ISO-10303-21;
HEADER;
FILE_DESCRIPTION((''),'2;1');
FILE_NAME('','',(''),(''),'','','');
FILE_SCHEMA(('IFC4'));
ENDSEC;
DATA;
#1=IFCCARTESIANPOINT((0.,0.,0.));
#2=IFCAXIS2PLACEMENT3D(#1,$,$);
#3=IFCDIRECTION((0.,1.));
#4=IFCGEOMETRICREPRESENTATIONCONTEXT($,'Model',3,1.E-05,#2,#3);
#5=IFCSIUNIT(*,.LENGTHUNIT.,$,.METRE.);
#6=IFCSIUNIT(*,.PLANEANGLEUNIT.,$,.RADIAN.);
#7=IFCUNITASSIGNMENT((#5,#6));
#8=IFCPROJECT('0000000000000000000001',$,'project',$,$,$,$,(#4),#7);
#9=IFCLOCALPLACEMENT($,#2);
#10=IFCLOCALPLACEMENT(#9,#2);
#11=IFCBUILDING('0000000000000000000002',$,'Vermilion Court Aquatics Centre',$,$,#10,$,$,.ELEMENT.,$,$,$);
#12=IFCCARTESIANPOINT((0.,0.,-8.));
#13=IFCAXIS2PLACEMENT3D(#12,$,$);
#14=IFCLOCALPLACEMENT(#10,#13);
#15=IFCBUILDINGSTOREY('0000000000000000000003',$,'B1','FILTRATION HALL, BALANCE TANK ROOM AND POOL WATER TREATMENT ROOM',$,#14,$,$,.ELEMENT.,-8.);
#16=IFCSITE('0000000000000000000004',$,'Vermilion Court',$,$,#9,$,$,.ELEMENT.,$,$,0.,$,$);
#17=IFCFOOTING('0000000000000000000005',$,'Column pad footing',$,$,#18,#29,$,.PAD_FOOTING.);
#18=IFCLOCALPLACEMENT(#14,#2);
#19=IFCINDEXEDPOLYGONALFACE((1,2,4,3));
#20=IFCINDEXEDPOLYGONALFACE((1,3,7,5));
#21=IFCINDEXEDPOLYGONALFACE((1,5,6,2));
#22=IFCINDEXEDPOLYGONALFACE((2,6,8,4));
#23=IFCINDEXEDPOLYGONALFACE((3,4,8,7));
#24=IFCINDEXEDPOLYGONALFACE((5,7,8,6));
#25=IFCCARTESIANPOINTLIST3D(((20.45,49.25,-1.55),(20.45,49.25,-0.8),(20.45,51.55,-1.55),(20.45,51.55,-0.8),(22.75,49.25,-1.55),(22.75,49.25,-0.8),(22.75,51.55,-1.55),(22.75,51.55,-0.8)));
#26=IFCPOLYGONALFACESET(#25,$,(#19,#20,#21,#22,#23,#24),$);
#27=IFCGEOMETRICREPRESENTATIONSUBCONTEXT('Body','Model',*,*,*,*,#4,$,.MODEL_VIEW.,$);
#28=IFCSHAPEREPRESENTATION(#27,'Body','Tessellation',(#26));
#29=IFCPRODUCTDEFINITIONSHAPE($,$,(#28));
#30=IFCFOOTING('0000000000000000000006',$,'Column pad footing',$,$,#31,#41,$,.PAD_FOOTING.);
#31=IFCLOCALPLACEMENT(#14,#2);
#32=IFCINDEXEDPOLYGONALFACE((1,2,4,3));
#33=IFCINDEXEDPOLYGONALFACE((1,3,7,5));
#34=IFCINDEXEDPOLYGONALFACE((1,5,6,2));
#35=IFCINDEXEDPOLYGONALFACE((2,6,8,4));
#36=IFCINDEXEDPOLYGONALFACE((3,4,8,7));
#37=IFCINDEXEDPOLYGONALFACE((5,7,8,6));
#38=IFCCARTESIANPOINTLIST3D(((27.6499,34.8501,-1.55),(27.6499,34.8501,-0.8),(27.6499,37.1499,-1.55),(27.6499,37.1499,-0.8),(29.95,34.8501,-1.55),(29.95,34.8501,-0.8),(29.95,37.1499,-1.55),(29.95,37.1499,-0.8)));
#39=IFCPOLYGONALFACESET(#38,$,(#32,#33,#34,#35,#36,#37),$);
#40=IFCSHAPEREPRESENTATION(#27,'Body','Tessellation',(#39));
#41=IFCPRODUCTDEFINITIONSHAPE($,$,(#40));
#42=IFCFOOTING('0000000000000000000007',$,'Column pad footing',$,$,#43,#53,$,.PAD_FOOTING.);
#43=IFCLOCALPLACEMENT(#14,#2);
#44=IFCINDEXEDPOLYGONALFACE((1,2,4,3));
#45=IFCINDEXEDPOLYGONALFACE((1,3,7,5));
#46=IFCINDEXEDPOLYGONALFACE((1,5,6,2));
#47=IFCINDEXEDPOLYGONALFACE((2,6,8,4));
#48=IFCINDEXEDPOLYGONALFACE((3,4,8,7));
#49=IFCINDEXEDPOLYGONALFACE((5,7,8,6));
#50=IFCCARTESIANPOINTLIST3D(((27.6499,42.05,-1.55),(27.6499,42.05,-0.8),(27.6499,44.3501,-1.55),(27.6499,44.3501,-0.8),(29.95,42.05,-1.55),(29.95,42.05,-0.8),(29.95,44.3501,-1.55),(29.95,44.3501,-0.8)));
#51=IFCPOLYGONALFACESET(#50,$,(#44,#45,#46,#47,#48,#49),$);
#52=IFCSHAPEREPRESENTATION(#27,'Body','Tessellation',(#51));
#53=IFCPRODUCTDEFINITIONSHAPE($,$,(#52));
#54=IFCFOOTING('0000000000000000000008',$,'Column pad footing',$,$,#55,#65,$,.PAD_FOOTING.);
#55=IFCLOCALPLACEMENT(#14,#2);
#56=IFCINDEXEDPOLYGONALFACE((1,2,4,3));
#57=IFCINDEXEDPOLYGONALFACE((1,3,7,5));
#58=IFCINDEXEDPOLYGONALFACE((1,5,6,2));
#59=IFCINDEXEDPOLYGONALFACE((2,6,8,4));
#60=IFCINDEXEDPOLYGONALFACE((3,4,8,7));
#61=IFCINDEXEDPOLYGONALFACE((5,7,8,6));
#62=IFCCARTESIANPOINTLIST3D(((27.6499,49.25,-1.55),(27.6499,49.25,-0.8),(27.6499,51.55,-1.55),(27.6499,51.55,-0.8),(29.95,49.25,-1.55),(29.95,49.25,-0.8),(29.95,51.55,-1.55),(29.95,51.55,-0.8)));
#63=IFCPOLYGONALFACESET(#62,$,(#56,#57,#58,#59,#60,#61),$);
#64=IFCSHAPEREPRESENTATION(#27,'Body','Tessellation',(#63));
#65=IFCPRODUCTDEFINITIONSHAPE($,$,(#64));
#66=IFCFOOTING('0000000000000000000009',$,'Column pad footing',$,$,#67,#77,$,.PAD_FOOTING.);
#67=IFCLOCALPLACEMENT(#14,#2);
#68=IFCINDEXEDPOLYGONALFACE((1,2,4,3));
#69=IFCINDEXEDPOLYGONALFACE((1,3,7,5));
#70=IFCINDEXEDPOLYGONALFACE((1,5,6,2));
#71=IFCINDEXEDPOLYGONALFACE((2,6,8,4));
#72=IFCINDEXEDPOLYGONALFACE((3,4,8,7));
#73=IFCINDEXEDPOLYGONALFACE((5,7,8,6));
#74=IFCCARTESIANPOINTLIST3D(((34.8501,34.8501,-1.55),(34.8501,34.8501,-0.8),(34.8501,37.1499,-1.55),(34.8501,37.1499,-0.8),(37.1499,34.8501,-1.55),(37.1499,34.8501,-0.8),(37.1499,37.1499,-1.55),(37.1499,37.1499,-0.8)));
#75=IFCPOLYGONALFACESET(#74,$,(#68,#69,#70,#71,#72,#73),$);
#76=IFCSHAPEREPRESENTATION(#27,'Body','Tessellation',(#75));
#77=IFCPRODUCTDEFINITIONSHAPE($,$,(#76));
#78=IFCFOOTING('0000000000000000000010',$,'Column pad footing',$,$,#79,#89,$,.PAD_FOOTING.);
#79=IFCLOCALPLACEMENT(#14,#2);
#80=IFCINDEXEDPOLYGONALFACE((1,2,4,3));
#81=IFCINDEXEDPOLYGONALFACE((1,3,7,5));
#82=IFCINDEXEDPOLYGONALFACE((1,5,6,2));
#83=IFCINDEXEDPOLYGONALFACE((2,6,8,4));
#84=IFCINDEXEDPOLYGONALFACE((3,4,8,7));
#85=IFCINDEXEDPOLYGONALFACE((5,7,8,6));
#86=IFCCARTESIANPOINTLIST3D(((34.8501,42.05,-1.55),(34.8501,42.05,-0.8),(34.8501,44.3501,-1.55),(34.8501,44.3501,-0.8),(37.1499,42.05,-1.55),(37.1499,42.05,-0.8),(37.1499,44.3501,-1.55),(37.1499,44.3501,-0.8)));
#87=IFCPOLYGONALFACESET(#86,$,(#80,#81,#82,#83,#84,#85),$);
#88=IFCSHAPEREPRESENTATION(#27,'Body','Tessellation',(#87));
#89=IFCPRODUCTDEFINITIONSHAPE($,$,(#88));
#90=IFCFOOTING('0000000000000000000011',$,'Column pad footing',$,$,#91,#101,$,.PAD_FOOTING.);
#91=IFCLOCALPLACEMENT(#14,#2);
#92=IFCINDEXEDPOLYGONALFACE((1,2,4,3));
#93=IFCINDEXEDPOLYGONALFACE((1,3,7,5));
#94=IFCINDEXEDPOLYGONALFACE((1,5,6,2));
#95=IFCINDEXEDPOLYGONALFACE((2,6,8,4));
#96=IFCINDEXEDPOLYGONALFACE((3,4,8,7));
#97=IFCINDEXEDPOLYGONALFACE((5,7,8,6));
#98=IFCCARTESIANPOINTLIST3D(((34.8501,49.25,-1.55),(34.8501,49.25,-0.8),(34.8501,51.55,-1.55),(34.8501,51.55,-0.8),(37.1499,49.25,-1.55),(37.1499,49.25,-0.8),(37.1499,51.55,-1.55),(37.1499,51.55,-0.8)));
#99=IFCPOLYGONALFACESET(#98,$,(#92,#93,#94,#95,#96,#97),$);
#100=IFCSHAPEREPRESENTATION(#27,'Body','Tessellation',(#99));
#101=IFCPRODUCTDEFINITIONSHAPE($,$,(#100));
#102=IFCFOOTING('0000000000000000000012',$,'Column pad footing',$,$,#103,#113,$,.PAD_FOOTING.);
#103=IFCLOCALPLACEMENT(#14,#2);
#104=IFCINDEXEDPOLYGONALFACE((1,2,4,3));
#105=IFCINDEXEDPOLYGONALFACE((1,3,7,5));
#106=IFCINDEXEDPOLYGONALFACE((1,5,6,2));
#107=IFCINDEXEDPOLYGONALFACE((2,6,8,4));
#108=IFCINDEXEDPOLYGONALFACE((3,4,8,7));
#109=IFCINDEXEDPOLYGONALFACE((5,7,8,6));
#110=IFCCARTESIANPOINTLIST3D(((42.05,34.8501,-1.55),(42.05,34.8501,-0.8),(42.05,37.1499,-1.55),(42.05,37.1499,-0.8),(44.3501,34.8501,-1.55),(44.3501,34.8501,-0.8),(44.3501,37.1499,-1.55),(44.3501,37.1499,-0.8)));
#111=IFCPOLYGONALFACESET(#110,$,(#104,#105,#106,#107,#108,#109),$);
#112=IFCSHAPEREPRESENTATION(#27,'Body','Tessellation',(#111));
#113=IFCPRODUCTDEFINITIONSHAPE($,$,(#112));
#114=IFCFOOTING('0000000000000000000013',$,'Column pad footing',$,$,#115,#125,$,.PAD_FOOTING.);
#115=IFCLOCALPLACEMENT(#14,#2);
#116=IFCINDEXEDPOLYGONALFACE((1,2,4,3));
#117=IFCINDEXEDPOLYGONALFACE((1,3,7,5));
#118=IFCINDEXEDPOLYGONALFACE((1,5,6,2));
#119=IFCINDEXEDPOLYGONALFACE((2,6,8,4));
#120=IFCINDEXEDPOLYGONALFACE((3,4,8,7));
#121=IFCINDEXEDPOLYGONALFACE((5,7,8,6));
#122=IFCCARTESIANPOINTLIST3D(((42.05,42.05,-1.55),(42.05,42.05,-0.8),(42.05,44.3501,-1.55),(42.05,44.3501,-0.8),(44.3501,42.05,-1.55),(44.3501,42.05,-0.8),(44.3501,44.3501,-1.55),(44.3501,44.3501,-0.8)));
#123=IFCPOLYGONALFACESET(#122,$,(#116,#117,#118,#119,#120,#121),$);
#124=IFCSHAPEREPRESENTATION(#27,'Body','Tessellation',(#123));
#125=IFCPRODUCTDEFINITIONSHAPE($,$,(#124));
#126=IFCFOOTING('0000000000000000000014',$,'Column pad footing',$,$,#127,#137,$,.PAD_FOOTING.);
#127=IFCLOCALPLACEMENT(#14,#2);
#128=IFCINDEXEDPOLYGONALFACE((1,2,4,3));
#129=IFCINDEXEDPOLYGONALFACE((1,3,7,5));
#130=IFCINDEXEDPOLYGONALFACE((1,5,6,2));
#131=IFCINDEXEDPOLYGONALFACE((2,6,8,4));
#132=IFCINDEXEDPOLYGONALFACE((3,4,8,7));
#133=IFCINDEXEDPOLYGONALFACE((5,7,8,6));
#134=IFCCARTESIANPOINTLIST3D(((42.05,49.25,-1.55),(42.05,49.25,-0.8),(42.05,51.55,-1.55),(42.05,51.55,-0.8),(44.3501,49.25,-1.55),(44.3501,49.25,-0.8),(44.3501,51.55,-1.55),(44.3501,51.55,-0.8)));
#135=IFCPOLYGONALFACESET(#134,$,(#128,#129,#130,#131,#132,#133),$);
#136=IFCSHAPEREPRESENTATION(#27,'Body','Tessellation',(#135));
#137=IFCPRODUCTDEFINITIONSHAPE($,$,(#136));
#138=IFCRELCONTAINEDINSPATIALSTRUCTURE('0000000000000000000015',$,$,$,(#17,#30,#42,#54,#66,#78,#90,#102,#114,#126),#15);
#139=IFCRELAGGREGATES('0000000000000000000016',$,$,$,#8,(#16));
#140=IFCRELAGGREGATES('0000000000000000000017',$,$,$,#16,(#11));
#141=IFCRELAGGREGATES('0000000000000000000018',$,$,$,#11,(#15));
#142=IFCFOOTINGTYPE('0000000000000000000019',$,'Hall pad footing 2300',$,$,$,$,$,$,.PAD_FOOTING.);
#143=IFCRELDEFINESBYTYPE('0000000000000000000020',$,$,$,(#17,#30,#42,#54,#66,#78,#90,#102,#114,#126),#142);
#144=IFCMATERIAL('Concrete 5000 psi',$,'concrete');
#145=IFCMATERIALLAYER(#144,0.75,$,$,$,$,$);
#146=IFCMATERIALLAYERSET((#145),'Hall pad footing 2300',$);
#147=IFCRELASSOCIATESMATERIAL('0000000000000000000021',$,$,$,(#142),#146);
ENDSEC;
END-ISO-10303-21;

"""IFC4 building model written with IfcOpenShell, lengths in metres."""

from ifc_helpers import new_model, si_unit, direction, frame, origin, place, context, subcontext, project, spatial, polyline, outline, extrude, material, layer, layer_set, type_object, element, save


model = new_model("IFC4")

# Units and contexts
model_context = context("Model", 3, precision=1e-05, world=origin(), true_north=direction((0.0, 1.0)))
body_context = subcontext(model_context, "Body", "Model", "MODEL_VIEW")
ifc_project = project(units=[si_unit("LENGTHUNIT", "METRE"), si_unit("PLANEANGLEUNIT", "RADIAN")], contexts=[model_context])

# Site, building, storey
site_placement = place(None, origin())
site = spatial("IfcSite", under=ifc_project, at=site_placement, Name="Vermilion Court", CompositionType="ELEMENT", RefElevation=0.0)
building_placement = place(site_placement, origin())
building = spatial("IfcBuilding", under=site, at=building_placement, Name="Vermilion Court Aquatics Centre", CompositionType="ELEMENT")
storey_placement = place(building_placement, frame((0.0, 0.0, -8.0)))
storey = spatial("IfcBuildingStorey", under=building, at=storey_placement, Name="B1", Description="FILTRATION HALL, BALANCE TANK ROOM AND POOL WATER TREATMENT ROOM", CompositionType="ELEMENT", Elevation=-8.0)

# Footings
ifc_material_1 = material(Name="Concrete 5000 psi", Category="concrete")
ifc_layer_1 = layer(ifc_material_1, 0.75)
ifc_layer_set_1 = layer_set([ifc_layer_1], Name="Hall pad footing 2300")
footing_type_1 = type_object("IfcFootingType", Name="Hall pad footing 2300", PredefinedType="PAD_FOOTING", material=ifc_layer_set_1)
footing_1_placement = place(storey_placement, frame((0.0, 0.0, -1.55)))
element("IfcFooting", 1, at=footing_1_placement, inside=storey, type_object=footing_type_1, Name="Column pad footing", PredefinedType="PAD_FOOTING", context=body_context, shape_type="SweptSolid", body=[
    extrude(outline(polyline([(20.45, 49.25), (22.75, 49.25), (22.75, 51.55), (20.45, 51.55), (20.45, 49.25)])), origin(), (0.0, 0.0, 1.0), 0.75),
])
footing_2_placement = place(storey_placement, frame((0.0, 0.0, -1.55)))
element("IfcFooting", 2, at=footing_2_placement, inside=storey, type_object=footing_type_1, Name="Column pad footing", PredefinedType="PAD_FOOTING", context=body_context, shape_type="SweptSolid", body=[
    extrude(outline(polyline([(27.6499, 34.8501), (29.95, 34.8501), (29.95, 37.1499), (27.6499, 37.1499), (27.6499, 34.8501)])), origin(), (0.0, 0.0, 1.0), 0.75),
])
footing_3_placement = place(storey_placement, frame((0.0, 0.0, -1.55)))
element("IfcFooting", 3, at=footing_3_placement, inside=storey, type_object=footing_type_1, Name="Column pad footing", PredefinedType="PAD_FOOTING", context=body_context, shape_type="SweptSolid", body=[
    extrude(outline(polyline([(27.6499, 42.05), (29.95, 42.05), (29.95, 44.3501), (27.6499, 44.3501), (27.6499, 42.05)])), origin(), (0.0, 0.0, 1.0), 0.75),
])
footing_4_placement = place(storey_placement, frame((0.0, 0.0, -1.55)))
element("IfcFooting", 4, at=footing_4_placement, inside=storey, type_object=footing_type_1, Name="Column pad footing", PredefinedType="PAD_FOOTING", context=body_context, shape_type="SweptSolid", body=[
    extrude(outline(polyline([(27.6499, 49.25), (29.95, 49.25), (29.95, 51.55), (27.6499, 51.55), (27.6499, 49.25)])), origin(), (0.0, 0.0, 1.0), 0.75),
])
footing_5_placement = place(storey_placement, frame((0.0, 0.0, -1.55)))
element("IfcFooting", 5, at=footing_5_placement, inside=storey, type_object=footing_type_1, Name="Column pad footing", PredefinedType="PAD_FOOTING", context=body_context, shape_type="SweptSolid", body=[
    extrude(outline(polyline([(34.8501, 34.8501), (37.1499, 34.8501), (37.1499, 37.1499), (34.8501, 37.1499), (34.8501, 34.8501)])), origin(), (0.0, 0.0, 1.0), 0.75),
])
footing_6_placement = place(storey_placement, frame((0.0, 0.0, -1.55)))
element("IfcFooting", 6, at=footing_6_placement, inside=storey, type_object=footing_type_1, Name="Column pad footing", PredefinedType="PAD_FOOTING", context=body_context, shape_type="SweptSolid", body=[
    extrude(outline(polyline([(34.8501, 42.05), (37.1499, 42.05), (37.1499, 44.3501), (34.8501, 44.3501), (34.8501, 42.05)])), origin(), (0.0, 0.0, 1.0), 0.75),
])
footing_7_placement = place(storey_placement, frame((0.0, 0.0, -1.55)))
element("IfcFooting", 7, at=footing_7_placement, inside=storey, type_object=footing_type_1, Name="Column pad footing", PredefinedType="PAD_FOOTING", context=body_context, shape_type="SweptSolid", body=[
    extrude(outline(polyline([(34.8501, 49.25), (37.1499, 49.25), (37.1499, 51.55), (34.8501, 51.55), (34.8501, 49.25)])), origin(), (0.0, 0.0, 1.0), 0.75),
])
footing_8_placement = place(storey_placement, frame((0.0, 0.0, -1.55)))
element("IfcFooting", 8, at=footing_8_placement, inside=storey, type_object=footing_type_1, Name="Column pad footing", PredefinedType="PAD_FOOTING", context=body_context, shape_type="SweptSolid", body=[
    extrude(outline(polyline([(42.05, 34.8501), (44.3501, 34.8501), (44.3501, 37.1499), (42.05, 37.1499), (42.05, 34.8501)])), origin(), (0.0, 0.0, 1.0), 0.75),
])
footing_9_placement = place(storey_placement, frame((0.0, 0.0, -1.55)))
element("IfcFooting", 9, at=footing_9_placement, inside=storey, type_object=footing_type_1, Name="Column pad footing", PredefinedType="PAD_FOOTING", context=body_context, shape_type="SweptSolid", body=[
    extrude(outline(polyline([(42.05, 42.05), (44.3501, 42.05), (44.3501, 44.3501), (42.05, 44.3501), (42.05, 42.05)])), origin(), (0.0, 0.0, 1.0), 0.75),
])
footing_10_placement = place(storey_placement, frame((0.0, 0.0, -1.55)))
element("IfcFooting", 10, at=footing_10_placement, inside=storey, type_object=footing_type_1, Name="Column pad footing", PredefinedType="PAD_FOOTING", context=body_context, shape_type="SweptSolid", body=[
    extrude(outline(polyline([(42.05, 49.25), (44.3501, 49.25), (44.3501, 51.55), (42.05, 51.55), (42.05, 49.25)])), origin(), (0.0, 0.0, 1.0), 0.75),
])

save(model, "model.ifc")
